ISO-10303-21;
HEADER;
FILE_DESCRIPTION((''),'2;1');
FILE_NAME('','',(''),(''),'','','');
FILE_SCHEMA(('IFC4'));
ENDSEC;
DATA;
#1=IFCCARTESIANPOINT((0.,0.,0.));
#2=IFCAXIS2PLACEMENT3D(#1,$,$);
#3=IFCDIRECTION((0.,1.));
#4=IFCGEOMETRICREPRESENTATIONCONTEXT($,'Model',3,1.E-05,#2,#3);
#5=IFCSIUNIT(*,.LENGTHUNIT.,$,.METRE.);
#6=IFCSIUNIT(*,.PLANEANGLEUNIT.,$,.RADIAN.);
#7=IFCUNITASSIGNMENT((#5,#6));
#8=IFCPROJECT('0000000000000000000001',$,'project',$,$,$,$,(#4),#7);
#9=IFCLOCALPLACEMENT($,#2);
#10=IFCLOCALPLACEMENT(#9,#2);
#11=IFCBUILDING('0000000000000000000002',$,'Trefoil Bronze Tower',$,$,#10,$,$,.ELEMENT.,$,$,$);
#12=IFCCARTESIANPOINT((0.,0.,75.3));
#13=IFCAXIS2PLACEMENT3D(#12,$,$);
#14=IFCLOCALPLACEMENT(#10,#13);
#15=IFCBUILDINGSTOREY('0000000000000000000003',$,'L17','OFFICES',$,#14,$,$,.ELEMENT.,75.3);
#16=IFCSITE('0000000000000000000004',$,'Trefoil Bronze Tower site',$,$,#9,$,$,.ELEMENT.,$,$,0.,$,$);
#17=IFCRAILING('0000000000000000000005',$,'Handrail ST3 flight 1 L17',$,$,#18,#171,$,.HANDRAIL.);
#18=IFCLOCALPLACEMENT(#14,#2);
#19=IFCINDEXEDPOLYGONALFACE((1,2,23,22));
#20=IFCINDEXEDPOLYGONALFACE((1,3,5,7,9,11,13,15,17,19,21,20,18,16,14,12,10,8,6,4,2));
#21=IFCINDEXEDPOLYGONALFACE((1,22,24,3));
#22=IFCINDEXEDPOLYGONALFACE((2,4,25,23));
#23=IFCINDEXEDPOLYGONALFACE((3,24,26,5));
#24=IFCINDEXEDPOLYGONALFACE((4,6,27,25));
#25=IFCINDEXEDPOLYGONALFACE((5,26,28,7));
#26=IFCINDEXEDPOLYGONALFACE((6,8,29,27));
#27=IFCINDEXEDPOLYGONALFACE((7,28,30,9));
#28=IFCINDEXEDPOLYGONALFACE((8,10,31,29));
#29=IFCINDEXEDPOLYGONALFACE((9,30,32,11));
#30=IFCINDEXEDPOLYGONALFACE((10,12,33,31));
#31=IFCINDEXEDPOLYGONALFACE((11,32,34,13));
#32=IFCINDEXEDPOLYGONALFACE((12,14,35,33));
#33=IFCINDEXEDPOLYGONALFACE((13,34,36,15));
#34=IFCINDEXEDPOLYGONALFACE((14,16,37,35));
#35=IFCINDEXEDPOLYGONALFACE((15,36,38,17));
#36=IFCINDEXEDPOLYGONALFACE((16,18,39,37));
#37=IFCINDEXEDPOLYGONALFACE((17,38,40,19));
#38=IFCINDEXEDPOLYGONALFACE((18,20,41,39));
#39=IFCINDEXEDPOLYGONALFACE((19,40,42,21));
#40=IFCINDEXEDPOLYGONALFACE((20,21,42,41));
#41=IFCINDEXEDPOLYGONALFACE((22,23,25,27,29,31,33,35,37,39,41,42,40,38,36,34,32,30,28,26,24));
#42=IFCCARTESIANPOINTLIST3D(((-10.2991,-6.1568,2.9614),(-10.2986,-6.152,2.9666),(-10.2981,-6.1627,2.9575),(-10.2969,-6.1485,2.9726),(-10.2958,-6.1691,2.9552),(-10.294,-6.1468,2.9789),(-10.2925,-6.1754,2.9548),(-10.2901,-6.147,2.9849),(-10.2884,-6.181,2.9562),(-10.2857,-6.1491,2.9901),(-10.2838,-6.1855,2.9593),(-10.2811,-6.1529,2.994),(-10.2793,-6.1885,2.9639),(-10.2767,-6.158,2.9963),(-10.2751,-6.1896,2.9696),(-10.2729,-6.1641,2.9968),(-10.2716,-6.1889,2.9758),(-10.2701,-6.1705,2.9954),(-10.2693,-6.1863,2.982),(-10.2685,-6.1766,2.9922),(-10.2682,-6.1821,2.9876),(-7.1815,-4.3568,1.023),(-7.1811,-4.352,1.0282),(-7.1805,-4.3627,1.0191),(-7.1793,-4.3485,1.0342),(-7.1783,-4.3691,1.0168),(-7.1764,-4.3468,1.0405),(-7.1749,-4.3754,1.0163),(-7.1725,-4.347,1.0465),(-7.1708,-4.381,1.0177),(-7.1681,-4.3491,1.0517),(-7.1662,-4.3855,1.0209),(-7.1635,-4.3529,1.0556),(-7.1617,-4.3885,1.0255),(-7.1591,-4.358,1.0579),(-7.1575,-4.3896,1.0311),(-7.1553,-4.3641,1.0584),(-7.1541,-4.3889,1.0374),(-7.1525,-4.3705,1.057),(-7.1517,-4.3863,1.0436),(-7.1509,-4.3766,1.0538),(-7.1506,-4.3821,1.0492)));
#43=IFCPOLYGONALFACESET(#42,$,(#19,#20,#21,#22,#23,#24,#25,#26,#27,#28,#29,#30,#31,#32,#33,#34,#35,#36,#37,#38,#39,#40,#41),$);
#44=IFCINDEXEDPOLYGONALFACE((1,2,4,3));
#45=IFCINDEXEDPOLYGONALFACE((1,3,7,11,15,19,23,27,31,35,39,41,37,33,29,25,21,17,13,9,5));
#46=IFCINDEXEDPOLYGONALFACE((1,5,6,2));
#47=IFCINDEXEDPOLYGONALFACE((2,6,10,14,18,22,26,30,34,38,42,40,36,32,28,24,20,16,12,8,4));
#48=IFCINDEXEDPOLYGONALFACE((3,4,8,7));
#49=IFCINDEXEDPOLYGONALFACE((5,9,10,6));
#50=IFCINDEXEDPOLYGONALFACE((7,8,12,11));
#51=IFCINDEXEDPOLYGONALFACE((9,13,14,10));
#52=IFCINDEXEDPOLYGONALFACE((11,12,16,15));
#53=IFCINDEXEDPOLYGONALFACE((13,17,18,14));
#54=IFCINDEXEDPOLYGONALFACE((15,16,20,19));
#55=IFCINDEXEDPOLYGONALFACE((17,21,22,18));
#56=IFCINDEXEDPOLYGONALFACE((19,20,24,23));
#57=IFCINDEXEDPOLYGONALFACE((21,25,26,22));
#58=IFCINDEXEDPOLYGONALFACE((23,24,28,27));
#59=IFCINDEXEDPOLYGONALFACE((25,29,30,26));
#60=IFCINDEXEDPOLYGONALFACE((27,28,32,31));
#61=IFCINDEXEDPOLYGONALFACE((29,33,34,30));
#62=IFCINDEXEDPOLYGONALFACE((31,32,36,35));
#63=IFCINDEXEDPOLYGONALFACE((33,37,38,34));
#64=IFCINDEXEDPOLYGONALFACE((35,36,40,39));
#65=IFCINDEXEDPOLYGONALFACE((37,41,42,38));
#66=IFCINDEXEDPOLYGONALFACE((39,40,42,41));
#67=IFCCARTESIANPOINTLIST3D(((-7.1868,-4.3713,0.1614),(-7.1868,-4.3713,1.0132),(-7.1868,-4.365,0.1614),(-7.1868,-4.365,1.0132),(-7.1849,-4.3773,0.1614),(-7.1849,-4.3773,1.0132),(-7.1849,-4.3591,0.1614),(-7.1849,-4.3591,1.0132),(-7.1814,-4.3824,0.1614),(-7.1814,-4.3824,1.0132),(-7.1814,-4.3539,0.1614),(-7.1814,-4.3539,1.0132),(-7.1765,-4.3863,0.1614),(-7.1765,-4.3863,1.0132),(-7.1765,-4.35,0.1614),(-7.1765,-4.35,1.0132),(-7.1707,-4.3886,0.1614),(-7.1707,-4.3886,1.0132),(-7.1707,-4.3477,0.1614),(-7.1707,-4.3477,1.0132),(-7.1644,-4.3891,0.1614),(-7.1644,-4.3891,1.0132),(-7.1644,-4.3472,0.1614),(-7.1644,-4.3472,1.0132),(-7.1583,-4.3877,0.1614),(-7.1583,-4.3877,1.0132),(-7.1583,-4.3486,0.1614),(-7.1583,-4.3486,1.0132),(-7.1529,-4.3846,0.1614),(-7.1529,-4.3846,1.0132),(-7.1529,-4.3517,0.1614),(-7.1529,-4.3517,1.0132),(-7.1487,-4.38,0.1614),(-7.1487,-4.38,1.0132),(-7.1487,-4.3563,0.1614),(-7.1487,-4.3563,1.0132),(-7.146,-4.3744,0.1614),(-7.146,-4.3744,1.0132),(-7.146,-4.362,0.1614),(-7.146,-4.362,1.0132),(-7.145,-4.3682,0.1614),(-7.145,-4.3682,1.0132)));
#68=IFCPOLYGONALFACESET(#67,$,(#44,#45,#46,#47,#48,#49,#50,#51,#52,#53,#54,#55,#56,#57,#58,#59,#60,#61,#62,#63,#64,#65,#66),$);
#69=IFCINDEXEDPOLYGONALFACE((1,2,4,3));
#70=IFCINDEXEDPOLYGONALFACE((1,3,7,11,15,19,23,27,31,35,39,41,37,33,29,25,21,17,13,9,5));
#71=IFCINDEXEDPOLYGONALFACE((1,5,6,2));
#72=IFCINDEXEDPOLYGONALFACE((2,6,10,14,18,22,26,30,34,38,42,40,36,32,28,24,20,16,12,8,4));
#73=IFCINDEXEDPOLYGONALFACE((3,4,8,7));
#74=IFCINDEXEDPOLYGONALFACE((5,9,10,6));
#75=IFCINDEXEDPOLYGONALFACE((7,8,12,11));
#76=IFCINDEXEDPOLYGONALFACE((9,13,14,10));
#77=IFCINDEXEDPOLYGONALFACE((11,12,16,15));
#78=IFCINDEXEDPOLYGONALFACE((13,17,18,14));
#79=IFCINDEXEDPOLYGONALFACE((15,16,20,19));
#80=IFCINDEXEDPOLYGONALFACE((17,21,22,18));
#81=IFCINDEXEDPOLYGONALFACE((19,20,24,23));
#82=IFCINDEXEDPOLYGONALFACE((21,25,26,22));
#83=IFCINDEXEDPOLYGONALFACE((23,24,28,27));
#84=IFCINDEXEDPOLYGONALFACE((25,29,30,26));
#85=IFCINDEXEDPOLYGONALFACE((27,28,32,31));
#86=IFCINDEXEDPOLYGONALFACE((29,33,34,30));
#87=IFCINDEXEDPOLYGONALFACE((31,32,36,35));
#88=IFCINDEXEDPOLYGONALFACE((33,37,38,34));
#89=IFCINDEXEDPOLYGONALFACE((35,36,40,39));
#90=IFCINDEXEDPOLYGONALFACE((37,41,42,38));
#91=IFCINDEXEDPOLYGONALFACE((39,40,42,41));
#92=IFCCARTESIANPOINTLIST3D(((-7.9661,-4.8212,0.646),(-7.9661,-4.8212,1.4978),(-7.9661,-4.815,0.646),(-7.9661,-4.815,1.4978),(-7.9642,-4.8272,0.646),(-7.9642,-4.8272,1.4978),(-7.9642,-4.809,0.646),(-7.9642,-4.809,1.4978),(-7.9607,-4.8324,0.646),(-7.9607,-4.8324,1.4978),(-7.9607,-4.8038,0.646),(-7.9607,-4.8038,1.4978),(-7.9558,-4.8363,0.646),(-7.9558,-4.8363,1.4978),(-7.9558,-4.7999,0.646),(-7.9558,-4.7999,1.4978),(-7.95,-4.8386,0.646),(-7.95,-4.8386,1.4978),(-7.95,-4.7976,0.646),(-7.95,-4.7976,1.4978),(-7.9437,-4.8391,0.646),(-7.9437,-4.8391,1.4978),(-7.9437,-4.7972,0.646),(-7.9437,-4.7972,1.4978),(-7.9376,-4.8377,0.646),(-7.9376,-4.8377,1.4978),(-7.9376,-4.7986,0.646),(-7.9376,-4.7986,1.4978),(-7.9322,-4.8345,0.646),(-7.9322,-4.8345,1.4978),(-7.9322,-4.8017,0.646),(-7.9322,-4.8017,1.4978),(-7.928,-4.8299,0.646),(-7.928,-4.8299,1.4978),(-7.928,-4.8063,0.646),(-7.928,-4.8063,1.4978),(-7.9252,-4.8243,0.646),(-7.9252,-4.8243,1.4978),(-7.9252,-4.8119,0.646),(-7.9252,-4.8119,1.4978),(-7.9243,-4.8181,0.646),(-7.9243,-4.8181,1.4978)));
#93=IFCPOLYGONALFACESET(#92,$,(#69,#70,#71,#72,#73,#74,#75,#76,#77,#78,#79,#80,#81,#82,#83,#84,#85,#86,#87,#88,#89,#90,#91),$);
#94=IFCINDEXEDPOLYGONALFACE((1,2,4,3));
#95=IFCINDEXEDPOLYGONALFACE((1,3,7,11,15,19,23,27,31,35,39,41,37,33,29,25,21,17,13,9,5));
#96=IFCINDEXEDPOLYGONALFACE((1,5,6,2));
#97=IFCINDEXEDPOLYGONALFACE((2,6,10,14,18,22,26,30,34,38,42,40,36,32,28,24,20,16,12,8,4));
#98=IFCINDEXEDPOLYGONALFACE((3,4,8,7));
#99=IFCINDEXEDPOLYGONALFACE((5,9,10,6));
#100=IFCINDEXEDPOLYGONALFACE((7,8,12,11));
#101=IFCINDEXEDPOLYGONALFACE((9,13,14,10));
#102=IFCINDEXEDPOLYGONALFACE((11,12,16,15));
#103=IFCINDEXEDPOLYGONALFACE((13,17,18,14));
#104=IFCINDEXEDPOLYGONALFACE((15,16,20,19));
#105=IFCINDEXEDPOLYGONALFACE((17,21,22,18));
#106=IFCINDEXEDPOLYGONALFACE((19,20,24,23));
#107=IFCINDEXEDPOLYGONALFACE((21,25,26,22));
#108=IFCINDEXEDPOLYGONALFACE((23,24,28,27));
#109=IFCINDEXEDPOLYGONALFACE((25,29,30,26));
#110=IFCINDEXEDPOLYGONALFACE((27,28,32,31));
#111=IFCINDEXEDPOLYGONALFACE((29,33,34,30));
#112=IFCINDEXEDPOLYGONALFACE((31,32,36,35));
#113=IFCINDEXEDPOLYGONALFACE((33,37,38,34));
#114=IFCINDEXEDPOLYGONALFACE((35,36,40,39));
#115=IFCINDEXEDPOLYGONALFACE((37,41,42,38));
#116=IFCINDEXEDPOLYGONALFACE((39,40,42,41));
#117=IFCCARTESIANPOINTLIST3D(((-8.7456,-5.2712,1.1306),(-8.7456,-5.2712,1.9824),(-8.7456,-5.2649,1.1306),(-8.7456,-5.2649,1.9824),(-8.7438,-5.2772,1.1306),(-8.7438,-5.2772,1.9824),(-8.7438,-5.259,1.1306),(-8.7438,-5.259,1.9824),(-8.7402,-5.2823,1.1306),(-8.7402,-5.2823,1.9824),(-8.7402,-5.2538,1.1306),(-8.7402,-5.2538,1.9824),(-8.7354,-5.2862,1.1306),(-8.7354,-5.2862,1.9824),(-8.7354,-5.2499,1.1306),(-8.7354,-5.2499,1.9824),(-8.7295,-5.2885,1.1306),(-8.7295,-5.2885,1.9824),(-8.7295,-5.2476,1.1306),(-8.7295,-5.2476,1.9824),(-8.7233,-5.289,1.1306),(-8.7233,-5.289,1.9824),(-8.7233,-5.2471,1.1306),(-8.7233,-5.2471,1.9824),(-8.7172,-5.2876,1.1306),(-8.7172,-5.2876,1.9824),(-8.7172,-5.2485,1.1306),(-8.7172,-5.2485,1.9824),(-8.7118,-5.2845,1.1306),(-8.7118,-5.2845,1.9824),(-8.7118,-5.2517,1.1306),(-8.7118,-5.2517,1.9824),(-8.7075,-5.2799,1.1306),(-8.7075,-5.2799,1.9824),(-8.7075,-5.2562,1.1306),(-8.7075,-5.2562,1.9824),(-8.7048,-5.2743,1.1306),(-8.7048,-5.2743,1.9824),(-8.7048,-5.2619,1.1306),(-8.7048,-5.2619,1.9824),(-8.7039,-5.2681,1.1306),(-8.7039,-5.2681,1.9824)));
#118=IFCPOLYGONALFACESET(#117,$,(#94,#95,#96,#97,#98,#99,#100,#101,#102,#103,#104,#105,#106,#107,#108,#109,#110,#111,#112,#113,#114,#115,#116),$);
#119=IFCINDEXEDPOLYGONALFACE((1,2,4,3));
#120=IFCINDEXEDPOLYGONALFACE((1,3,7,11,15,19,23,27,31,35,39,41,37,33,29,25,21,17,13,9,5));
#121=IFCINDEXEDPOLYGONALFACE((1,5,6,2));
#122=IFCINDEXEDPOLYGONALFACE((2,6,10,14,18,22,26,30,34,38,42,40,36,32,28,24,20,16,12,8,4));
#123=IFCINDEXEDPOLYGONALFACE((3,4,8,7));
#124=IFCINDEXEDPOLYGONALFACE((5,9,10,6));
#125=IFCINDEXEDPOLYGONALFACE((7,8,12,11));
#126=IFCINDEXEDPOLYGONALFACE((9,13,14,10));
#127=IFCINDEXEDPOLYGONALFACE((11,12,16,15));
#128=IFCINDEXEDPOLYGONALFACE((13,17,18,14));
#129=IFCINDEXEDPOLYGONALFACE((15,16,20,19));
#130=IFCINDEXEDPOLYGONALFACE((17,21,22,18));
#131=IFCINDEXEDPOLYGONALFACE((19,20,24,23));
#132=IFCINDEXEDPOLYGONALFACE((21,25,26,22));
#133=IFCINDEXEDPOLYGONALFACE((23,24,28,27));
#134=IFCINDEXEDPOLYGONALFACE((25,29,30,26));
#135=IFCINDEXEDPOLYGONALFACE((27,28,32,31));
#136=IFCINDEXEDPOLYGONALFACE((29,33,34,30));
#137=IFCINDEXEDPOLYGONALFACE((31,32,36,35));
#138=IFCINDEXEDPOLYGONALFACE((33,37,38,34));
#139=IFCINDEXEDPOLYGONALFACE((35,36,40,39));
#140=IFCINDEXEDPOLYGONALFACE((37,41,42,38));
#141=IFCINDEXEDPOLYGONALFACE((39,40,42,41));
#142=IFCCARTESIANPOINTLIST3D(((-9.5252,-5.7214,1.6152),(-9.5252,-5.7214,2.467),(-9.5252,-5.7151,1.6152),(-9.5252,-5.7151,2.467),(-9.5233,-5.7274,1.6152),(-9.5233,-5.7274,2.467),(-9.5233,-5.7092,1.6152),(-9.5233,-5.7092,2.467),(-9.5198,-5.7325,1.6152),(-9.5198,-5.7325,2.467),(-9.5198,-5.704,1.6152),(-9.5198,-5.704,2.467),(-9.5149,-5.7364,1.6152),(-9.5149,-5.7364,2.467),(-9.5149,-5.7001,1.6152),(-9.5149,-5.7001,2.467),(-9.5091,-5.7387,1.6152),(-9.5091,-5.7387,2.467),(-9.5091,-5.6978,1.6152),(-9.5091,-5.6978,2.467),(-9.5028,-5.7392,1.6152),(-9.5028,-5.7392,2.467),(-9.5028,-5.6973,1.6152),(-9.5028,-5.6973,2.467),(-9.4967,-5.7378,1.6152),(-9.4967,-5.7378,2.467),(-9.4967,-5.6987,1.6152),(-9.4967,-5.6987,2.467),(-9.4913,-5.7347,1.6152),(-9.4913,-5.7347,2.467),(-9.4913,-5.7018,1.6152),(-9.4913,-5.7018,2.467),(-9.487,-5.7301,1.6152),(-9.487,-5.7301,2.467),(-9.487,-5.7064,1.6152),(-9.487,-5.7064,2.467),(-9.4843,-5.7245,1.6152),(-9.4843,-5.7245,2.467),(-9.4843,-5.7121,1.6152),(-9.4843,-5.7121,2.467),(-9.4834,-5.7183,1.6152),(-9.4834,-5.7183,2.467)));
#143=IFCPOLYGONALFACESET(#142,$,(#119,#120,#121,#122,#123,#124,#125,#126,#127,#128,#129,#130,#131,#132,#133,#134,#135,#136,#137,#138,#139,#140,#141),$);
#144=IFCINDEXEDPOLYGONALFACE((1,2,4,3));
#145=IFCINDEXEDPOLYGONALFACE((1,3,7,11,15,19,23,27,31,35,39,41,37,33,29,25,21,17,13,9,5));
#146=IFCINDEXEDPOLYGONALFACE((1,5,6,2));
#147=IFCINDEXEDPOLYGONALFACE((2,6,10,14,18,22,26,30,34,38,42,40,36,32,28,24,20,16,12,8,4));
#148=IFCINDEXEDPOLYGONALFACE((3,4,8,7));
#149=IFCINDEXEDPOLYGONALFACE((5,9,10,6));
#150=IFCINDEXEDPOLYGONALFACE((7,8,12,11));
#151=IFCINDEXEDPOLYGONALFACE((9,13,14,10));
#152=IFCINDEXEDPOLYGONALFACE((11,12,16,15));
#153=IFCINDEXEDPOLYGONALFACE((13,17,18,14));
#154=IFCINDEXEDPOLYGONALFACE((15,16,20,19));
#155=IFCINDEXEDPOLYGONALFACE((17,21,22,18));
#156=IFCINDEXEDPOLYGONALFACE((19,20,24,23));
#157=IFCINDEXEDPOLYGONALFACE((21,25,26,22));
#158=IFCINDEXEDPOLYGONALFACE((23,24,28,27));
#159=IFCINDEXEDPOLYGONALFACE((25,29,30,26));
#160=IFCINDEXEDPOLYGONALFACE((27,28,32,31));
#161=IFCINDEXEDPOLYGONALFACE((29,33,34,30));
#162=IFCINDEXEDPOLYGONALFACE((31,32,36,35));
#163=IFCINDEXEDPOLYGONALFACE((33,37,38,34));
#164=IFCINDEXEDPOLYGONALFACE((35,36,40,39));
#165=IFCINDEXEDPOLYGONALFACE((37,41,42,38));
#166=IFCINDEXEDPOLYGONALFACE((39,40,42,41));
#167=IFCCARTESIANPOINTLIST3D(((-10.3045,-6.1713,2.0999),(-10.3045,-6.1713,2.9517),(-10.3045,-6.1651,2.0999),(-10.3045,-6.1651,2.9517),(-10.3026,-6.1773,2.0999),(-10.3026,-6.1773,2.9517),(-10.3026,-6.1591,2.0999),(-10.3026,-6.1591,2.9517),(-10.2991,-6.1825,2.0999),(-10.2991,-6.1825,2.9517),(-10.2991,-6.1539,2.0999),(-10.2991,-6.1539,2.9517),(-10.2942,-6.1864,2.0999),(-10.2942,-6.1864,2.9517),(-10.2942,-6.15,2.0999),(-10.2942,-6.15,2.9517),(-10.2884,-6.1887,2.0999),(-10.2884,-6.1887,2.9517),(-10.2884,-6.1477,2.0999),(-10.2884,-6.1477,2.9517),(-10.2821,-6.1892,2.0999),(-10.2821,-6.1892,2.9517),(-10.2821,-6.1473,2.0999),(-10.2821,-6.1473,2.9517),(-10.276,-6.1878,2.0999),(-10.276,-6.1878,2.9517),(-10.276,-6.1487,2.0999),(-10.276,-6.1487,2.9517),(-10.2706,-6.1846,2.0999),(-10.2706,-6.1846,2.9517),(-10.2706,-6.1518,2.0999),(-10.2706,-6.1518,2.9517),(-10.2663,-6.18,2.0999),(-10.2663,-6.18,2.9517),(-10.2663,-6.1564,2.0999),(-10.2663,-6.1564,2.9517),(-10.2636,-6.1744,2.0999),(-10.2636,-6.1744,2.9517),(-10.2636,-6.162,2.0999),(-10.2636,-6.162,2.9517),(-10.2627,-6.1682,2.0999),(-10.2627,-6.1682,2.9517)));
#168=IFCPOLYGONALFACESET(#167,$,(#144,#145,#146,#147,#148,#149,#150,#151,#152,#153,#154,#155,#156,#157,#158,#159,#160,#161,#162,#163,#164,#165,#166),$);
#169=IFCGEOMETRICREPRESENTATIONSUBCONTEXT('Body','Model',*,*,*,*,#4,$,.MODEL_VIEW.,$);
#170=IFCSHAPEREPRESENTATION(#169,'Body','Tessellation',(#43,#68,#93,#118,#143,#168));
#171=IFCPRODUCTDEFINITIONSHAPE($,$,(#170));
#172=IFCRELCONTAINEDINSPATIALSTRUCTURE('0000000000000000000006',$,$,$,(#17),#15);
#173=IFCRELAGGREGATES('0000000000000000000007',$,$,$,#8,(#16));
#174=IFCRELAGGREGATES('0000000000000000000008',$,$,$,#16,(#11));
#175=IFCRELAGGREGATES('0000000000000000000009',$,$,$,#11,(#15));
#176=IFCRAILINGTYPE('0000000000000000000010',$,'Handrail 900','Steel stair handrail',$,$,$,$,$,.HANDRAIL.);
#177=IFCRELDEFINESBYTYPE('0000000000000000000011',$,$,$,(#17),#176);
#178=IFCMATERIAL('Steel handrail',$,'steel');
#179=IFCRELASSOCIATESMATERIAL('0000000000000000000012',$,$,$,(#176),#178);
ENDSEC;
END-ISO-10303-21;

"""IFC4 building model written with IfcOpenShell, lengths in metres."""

from ifc_helpers import new_model, si_unit, direction, frame, origin, origin_2d, place, context, subcontext, project, spatial, circle, extrude, material, type_object, element, save


model = new_model("IFC4")

# Units and contexts
model_context = context("Model", 3, precision=1e-05, world=origin(), true_north=direction((0.0, 1.0)))
body_context = subcontext(model_context, "Body", "Model", "MODEL_VIEW")
ifc_project = project(units=[si_unit("LENGTHUNIT", "METRE"), si_unit("PLANEANGLEUNIT", "RADIAN")], contexts=[model_context])

# Site, building, storey
site_placement = place(None, origin())
site = spatial("IfcSite", under=ifc_project, at=site_placement, Name="Trefoil Bronze Tower site", CompositionType="ELEMENT", RefElevation=0.0)
building_placement = place(site_placement, origin())
building = spatial("IfcBuilding", under=site, at=building_placement, Name="Trefoil Bronze Tower", CompositionType="ELEMENT")
storey_placement = place(building_placement, frame((0.0, 0.0, 75.3)))
storey = spatial("IfcBuildingStorey", under=building, at=storey_placement, Name="L17", Description="OFFICES", CompositionType="ELEMENT", Elevation=75.3)

# Railing
ifc_material_1 = material(Name="Steel handrail", Category="steel")
railing_type = type_object("IfcRailingType", Name="Handrail 900", Description="Steel stair handrail", PredefinedType="HANDRAIL", material=ifc_material_1)
railing_1_placement = place(storey_placement, frame((-7.166, -4.3682, 0.1614)))
element("IfcRailing", 1, at=railing_1_placement, inside=storey, type_object=railing_type, Name="Handrail ST3 flight 1 L17", PredefinedType="HANDRAIL", context=body_context, shape_type="SweptSolid", body=[
    extrude(circle(Radius=0.0239, at=origin_2d()), frame((0.0, 0.0, 0.876), z_axis=(-0.762503, -0.440246, 0.474102), x_axis=(0.500012, -0.866018, 0.0)), (0.0, 0.0, 1.0), 4.0886),
    extrude(circle(Radius=0.021, at=origin_2d()), origin(), (0.0, 0.0, 1.0), 0.8518),
    extrude(circle(Radius=0.021, at=origin_2d()), frame((-0.7793, -0.45, 0.4846)), (0.0, 0.0, 1.0), 0.8518),
    extrude(circle(Radius=0.021, at=origin_2d()), frame((-1.5588, -0.8999, 0.9692)), (0.0, 0.0, 1.0), 0.8518),
    extrude(circle(Radius=0.021, at=origin_2d()), frame((-2.3384, -1.3501, 1.4539)), (0.0, 0.0, 1.0), 0.8518),
    extrude(circle(Radius=0.021, at=origin_2d()), frame((-3.1177, -1.8, 1.9385)), (0.0, 0.0, 1.0), 0.8518),
])

save(model, "model.ifc")
